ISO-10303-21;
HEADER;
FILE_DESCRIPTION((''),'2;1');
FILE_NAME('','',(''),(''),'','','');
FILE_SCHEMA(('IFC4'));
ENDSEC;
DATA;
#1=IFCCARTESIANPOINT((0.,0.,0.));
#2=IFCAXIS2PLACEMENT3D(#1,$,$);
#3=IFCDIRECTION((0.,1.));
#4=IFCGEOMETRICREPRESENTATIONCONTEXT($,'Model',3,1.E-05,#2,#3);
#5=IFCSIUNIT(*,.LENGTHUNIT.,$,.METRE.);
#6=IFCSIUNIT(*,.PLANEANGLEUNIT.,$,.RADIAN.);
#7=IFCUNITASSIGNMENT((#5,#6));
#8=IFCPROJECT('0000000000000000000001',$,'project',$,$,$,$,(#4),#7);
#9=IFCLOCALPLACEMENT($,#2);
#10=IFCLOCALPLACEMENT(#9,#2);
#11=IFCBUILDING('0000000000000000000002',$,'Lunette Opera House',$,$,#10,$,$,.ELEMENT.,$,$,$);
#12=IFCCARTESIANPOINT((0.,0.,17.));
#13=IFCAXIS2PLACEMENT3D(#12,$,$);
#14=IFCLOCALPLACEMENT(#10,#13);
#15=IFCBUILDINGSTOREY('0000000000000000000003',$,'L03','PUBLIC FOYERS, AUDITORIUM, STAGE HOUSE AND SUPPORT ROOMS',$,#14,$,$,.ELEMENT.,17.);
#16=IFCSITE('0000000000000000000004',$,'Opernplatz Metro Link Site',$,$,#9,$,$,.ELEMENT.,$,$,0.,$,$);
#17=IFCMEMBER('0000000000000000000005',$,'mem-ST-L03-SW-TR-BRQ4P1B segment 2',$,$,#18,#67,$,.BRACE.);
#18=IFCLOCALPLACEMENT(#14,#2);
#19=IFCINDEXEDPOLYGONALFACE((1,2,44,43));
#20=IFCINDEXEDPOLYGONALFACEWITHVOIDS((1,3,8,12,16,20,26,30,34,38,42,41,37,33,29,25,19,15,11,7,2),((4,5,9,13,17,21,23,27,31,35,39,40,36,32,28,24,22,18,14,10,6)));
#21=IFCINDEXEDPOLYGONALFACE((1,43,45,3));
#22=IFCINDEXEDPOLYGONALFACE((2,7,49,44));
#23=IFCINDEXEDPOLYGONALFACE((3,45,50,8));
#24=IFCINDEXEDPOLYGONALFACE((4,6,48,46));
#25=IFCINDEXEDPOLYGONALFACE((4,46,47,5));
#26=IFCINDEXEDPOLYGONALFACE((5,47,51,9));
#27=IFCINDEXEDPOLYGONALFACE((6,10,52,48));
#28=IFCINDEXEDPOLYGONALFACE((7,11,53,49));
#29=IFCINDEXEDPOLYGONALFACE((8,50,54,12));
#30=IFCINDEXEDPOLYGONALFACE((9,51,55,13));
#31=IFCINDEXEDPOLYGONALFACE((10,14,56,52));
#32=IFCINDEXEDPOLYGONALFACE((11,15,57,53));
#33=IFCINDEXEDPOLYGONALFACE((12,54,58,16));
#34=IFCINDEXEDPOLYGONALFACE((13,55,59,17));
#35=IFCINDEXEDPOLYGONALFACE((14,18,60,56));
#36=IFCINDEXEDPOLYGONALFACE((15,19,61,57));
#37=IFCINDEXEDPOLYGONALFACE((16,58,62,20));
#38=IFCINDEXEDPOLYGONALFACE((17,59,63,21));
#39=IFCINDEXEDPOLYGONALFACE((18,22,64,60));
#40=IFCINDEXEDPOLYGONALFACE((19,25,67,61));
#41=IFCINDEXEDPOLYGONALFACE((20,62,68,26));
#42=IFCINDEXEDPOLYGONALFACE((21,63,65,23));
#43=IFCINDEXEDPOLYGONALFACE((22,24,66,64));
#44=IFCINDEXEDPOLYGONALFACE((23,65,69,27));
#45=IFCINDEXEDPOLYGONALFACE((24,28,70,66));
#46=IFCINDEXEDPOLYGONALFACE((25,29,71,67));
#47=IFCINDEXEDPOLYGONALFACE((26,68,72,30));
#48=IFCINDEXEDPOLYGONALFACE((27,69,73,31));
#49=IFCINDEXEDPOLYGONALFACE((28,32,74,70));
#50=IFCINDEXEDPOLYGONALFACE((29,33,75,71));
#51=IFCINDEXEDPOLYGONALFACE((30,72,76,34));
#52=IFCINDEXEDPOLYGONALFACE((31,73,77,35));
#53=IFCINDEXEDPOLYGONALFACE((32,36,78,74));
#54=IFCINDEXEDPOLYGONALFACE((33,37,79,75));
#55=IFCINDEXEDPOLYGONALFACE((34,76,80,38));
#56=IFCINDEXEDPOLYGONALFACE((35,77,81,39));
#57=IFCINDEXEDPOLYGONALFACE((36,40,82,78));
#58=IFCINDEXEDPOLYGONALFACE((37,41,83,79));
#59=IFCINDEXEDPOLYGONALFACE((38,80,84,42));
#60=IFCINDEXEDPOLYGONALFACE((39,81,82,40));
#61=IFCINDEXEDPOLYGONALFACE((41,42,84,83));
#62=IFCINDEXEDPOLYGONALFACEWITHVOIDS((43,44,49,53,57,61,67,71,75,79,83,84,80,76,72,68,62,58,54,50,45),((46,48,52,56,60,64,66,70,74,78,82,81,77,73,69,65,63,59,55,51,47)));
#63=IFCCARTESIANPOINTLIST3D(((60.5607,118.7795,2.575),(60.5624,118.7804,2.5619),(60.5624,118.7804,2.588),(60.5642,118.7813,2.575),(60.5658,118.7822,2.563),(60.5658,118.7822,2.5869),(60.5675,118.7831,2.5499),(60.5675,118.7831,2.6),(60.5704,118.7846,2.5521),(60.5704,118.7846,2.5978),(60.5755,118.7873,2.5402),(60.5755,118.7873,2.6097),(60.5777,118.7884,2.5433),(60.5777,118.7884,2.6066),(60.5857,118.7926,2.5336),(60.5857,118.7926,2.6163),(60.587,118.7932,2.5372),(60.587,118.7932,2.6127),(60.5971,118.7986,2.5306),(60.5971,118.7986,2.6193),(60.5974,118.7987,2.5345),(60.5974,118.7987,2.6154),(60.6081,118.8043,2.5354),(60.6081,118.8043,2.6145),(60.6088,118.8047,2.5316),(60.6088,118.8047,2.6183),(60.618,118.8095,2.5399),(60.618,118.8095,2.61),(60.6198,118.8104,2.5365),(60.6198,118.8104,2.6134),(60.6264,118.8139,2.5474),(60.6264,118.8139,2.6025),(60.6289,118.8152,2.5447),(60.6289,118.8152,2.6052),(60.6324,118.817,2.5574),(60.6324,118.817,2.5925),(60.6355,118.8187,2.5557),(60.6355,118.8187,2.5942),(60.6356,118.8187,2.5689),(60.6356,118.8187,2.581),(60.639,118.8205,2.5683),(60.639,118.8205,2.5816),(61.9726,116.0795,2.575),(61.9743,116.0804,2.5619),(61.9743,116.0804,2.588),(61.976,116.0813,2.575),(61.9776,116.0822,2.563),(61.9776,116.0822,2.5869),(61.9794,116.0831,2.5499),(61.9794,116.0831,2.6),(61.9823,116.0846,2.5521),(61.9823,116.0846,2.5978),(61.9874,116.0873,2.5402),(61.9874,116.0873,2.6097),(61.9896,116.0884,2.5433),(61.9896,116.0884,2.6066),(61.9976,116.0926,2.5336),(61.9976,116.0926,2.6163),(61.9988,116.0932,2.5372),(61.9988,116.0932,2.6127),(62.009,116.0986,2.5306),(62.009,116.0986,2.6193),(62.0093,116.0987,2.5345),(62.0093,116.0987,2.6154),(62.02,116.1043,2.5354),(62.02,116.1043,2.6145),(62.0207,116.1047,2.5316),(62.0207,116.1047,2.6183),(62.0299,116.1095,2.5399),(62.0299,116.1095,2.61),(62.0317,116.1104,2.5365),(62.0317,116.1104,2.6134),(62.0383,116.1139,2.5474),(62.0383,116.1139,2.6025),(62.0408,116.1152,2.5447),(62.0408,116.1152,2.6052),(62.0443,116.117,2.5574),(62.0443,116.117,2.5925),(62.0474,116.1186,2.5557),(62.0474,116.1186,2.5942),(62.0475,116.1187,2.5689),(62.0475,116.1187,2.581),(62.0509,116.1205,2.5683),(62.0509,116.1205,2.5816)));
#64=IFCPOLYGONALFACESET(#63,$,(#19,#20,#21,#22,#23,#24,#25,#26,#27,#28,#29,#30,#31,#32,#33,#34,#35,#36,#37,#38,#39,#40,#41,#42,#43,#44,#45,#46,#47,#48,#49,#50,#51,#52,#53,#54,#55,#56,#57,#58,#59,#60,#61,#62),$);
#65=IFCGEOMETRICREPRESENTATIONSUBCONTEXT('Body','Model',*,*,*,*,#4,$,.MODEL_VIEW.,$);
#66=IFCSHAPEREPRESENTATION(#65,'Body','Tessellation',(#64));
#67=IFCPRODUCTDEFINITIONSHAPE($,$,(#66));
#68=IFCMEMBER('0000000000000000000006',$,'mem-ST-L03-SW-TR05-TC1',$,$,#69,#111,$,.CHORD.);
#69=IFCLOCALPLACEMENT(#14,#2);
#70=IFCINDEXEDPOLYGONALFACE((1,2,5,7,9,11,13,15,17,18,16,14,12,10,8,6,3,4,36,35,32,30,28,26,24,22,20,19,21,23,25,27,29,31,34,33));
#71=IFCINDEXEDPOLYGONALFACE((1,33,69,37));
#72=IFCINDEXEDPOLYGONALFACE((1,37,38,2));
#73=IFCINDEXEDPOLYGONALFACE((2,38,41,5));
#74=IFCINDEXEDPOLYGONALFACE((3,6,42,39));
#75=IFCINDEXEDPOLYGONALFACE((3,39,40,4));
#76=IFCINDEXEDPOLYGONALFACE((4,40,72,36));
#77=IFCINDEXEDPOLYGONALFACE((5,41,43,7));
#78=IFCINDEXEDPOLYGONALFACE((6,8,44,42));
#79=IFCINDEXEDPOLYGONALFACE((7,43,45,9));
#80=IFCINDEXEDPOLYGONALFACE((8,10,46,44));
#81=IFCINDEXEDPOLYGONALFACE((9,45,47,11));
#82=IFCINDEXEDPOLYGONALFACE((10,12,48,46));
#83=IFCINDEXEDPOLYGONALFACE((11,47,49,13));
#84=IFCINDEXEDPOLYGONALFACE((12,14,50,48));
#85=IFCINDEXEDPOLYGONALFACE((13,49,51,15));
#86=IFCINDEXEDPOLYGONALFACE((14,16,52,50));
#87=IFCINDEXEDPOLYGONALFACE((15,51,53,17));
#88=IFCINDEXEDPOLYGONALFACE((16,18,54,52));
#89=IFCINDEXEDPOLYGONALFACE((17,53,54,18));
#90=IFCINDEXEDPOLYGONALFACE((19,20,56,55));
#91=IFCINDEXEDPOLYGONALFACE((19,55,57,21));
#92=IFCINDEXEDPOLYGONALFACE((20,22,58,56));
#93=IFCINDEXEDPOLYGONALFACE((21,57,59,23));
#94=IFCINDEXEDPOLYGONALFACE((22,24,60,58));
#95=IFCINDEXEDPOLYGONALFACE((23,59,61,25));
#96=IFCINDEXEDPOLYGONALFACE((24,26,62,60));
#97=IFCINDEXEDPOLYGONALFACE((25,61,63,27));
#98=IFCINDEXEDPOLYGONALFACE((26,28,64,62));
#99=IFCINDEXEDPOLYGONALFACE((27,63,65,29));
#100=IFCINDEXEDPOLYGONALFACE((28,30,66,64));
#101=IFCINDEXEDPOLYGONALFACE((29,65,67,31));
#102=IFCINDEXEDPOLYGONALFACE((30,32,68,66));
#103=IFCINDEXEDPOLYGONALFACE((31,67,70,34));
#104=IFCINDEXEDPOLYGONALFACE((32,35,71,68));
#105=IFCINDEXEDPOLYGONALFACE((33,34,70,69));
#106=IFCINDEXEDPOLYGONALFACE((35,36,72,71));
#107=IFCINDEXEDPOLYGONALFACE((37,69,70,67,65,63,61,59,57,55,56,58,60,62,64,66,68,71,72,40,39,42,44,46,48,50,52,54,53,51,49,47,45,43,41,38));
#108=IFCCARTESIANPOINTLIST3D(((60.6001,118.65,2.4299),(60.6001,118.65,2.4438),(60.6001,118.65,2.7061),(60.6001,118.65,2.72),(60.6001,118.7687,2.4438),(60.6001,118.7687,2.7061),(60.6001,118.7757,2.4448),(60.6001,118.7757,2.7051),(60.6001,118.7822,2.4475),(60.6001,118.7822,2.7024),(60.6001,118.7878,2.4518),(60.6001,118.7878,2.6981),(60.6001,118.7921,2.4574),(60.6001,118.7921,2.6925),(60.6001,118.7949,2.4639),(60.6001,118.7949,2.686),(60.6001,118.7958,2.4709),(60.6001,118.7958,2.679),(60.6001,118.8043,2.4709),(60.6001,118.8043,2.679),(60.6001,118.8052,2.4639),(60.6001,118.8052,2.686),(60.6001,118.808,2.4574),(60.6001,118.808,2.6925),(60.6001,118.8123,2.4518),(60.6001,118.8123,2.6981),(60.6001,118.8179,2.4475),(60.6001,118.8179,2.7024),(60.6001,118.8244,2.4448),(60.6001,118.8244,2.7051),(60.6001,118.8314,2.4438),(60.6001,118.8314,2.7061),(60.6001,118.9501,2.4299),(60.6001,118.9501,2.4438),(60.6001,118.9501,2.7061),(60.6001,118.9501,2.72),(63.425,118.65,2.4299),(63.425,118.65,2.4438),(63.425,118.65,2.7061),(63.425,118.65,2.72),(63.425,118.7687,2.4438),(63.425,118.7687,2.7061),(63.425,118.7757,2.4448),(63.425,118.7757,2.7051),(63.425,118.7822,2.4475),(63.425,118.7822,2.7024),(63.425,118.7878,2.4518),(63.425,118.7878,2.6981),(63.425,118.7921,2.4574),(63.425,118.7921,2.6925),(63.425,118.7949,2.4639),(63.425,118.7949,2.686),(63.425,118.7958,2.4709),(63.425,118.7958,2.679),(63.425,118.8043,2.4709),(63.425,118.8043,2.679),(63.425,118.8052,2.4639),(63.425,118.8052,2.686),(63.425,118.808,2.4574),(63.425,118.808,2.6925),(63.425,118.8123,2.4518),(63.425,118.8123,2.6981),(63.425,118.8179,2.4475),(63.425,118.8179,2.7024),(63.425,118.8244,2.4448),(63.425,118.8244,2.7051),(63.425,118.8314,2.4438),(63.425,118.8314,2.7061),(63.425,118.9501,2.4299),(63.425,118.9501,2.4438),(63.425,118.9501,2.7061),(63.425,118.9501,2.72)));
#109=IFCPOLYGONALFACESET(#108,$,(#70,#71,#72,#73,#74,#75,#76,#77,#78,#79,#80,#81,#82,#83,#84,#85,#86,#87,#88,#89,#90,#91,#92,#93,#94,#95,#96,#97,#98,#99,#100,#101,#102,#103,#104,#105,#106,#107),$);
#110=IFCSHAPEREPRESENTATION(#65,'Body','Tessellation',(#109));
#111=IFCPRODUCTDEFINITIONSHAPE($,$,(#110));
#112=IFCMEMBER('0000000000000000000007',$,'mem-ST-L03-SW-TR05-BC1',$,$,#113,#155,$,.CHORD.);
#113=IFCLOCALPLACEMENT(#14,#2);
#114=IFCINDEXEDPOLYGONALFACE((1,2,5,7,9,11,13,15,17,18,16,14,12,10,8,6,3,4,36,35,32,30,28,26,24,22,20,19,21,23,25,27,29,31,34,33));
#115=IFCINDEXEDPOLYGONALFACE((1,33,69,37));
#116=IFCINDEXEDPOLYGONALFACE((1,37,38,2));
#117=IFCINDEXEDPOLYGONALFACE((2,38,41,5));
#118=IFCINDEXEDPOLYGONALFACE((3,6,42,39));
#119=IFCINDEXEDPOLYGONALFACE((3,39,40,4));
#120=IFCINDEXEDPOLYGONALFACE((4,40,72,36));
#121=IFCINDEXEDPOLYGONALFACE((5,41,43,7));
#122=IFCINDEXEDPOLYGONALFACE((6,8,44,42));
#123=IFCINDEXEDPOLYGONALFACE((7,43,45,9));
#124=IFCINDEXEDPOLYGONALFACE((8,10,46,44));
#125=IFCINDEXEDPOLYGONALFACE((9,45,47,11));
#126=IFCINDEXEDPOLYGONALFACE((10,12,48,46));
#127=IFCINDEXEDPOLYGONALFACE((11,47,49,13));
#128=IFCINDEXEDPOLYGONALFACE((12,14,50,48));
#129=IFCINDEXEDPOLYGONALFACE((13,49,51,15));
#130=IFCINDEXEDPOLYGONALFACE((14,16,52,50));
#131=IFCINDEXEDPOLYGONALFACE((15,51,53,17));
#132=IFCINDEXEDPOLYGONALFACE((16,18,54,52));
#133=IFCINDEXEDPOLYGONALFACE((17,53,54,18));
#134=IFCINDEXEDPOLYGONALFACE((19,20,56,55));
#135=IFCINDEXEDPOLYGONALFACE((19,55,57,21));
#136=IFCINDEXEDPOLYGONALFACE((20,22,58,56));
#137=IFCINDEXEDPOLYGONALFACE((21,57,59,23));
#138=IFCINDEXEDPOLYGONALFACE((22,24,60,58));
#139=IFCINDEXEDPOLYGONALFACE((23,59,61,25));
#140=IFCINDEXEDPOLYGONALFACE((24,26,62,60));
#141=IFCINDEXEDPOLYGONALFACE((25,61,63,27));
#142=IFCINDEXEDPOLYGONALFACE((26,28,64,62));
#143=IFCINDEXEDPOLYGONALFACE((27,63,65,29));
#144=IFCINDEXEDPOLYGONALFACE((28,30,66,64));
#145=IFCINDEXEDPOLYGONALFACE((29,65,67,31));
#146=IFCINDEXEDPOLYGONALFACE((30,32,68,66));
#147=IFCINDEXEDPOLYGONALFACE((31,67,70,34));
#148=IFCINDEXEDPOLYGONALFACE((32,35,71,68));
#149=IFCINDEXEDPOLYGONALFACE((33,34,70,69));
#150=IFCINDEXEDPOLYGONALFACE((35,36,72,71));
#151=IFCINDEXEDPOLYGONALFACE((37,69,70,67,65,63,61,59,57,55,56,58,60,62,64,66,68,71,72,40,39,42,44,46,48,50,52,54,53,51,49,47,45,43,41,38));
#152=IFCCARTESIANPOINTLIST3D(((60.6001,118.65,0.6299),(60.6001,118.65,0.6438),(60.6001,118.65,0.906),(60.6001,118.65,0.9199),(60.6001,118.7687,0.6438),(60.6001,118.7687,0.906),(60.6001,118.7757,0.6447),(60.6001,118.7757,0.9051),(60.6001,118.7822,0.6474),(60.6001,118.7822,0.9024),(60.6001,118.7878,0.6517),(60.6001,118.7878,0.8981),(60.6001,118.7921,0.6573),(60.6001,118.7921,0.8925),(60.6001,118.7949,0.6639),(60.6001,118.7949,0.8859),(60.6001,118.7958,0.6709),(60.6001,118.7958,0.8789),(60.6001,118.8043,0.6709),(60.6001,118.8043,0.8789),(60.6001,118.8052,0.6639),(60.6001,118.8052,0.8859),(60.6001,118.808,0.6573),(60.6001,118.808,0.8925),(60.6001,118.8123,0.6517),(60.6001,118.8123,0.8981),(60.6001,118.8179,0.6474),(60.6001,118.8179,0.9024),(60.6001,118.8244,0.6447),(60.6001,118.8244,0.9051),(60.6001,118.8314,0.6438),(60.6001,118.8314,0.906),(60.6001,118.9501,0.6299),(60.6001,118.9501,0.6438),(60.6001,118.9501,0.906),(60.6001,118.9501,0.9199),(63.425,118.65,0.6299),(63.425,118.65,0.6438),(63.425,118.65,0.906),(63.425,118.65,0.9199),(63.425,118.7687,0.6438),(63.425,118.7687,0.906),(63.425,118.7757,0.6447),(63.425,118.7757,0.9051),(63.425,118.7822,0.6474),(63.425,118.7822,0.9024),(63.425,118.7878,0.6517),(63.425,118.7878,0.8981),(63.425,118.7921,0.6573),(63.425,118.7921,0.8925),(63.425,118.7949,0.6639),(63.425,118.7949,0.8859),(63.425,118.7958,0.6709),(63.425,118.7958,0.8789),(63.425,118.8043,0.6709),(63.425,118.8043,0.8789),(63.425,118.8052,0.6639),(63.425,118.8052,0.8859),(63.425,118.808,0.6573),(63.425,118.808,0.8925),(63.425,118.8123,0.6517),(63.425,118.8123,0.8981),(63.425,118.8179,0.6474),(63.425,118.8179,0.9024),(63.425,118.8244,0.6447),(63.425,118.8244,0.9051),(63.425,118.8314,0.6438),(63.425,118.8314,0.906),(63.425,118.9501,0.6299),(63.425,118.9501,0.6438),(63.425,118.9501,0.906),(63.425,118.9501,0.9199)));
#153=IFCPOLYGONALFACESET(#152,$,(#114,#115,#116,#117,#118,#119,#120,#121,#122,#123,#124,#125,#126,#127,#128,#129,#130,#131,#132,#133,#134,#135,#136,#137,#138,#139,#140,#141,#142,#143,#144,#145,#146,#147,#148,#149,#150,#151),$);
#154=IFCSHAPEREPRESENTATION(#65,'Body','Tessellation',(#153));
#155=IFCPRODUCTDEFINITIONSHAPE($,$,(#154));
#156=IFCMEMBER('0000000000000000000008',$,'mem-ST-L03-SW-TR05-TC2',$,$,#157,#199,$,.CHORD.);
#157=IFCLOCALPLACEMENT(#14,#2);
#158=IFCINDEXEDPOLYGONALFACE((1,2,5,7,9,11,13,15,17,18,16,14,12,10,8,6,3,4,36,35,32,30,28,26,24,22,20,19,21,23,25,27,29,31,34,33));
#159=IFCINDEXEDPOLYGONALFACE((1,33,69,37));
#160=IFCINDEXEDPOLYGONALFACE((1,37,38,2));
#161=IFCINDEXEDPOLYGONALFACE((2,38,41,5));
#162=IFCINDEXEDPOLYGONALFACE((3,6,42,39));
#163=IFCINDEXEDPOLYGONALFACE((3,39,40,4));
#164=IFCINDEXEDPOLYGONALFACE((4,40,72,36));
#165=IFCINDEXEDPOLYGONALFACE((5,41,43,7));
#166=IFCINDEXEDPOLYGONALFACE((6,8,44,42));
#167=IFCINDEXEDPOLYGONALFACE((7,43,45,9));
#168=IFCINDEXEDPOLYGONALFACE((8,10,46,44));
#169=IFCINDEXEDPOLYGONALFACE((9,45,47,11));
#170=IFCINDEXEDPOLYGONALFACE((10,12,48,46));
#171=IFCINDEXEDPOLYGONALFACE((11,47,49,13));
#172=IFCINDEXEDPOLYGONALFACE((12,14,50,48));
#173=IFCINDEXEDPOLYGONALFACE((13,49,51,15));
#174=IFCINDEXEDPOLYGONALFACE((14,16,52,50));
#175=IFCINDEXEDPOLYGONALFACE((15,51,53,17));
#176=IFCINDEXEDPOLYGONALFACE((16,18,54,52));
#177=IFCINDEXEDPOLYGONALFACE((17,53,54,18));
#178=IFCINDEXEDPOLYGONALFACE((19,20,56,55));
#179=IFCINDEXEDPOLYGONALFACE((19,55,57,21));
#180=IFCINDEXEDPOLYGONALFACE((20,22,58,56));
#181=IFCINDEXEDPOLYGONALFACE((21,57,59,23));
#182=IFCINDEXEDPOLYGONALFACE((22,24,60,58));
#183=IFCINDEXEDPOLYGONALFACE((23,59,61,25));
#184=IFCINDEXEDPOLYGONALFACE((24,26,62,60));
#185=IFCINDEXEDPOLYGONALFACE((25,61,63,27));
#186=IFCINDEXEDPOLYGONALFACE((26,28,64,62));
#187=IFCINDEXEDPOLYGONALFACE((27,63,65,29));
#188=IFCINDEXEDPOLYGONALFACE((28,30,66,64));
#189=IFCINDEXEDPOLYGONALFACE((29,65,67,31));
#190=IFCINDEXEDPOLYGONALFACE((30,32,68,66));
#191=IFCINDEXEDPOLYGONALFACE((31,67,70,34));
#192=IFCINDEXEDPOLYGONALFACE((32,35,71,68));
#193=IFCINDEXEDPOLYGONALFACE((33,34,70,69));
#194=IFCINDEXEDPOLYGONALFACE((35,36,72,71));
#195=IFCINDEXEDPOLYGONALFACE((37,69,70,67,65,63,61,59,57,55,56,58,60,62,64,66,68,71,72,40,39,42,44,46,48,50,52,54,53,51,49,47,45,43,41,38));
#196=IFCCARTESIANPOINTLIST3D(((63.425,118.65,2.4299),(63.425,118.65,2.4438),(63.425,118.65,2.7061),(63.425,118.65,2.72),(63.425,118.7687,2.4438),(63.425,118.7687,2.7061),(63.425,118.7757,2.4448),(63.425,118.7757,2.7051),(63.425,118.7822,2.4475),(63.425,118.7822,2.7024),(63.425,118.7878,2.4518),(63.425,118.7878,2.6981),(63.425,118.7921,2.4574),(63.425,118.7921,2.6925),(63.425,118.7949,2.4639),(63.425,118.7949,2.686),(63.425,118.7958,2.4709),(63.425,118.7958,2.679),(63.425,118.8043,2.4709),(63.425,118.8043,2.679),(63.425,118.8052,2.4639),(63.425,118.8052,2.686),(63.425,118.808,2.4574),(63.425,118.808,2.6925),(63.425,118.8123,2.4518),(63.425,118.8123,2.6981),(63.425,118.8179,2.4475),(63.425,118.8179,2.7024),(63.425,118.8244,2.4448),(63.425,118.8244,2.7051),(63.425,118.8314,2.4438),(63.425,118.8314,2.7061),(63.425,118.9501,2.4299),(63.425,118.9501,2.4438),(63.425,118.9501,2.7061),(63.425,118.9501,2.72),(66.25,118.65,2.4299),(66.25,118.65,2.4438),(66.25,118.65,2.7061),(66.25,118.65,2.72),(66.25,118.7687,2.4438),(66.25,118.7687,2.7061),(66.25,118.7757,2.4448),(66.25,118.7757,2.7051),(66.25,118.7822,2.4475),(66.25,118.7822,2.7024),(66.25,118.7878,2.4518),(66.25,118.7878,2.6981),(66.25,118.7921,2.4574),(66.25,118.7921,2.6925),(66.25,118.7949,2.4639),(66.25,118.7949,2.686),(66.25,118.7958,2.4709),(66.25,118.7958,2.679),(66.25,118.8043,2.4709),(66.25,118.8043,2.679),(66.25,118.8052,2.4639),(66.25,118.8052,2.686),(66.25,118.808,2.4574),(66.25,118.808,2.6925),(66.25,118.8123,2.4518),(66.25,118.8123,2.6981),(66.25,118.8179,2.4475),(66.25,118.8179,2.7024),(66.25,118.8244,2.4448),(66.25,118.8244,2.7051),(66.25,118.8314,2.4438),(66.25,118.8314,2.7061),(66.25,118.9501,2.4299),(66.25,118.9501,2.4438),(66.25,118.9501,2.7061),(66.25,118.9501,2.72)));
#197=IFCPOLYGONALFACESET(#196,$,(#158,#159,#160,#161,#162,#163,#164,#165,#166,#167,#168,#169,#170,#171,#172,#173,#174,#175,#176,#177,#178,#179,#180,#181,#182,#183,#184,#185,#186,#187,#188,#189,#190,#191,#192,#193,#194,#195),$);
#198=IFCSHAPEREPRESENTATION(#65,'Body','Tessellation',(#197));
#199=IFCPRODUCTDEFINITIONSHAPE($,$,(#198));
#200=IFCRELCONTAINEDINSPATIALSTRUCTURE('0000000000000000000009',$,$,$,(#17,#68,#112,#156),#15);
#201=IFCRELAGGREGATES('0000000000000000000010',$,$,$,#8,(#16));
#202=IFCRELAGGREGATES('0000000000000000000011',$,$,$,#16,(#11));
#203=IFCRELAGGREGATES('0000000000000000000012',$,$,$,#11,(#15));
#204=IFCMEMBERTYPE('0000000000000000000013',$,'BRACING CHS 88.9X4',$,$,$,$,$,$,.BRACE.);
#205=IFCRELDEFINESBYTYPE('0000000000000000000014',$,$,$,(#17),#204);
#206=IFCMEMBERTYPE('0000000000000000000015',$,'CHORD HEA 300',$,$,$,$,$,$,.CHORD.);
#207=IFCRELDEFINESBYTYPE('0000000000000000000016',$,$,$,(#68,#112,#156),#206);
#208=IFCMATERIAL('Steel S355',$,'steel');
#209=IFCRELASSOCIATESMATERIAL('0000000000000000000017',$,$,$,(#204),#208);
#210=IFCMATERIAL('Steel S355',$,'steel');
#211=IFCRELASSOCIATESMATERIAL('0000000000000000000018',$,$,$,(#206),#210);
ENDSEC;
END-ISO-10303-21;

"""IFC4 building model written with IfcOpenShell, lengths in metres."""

from ifc_helpers import new_model, si_unit, direction, frame, origin, origin_2d, place, context, subcontext, project, spatial, hollow_circle, i_section, extrude, material, material_profile, profile_set, type_object, element, save


model = new_model("IFC4")

# Units and contexts
model_context = context("Model", 3, precision=1e-05, world=origin(), true_north=direction((0.0, 1.0)))
body_context = subcontext(model_context, "Body", "Model", "MODEL_VIEW")
ifc_project = project(units=[si_unit("LENGTHUNIT", "METRE"), si_unit("PLANEANGLEUNIT", "RADIAN")], contexts=[model_context])

# Site, building, storey
site_placement = place(None, origin())
site = spatial("IfcSite", under=ifc_project, at=site_placement, Name="Opernplatz Metro Link Site", CompositionType="ELEMENT", RefElevation=0.0)
building_placement = place(site_placement, origin())
building = spatial("IfcBuilding", under=site, at=building_placement, Name="Lunette Opera House", CompositionType="ELEMENT")
storey_placement = place(building_placement, frame((0.0, 0.0, 17.0)))
storey = spatial("IfcBuildingStorey", under=building, at=storey_placement, Name="L03", Description="PUBLIC FOYERS, AUDITORIUM, STAGE HOUSE AND SUPPORT ROOMS", CompositionType="ELEMENT", Elevation=17.0)

# Members
ifc_material_1 = material(Name="Steel S355", Category="steel")
ifc_material_profile_1 = material_profile(ifc_material_1, hollow_circle(Radius=0.0444, WallThickness=0.0039, at=origin_2d()), Name="CHS 88.9X4")
ifc_profile_set_1 = profile_set([ifc_material_profile_1], Name="Steel S355")
member_type_1 = type_object("IfcMemberType", Name="BRACING CHS 88.9X4", PredefinedType="BRACE", material=ifc_profile_set_1)
member_placement = place(storey_placement, frame((62.012, 116.1001, 2.575), z_axis=(-0.46339, 0.886154, 0.0), x_axis=(-0.886154, -0.46339, 0.0)))
element("IfcMember", 1, at=member_placement, inside=storey, type_object=member_type_1, Name="mem-ST-L03-SW-TR-BRQ4P1B segment 2", PredefinedType="BRACE", context=body_context, shape_type="SweptSolid", body=[
    extrude(hollow_circle(Radius=0.0444, WallThickness=0.0039, at=origin_2d()), origin(), (0.0, 0.0, 1.0), 3.0469),
])
ifc_material_2 = material(Name="Steel S355", Category="steel")
ifc_material_profile_2 = material_profile(ifc_material_2, i_section(OverallWidth=0.3, OverallDepth=0.29, WebThickness=0.0085, FlangeThickness=0.0139, FilletRadius=0.0271, at=origin_2d()), Name="HEA 300")
ifc_profile_set_2 = profile_set([ifc_material_profile_2], Name="Steel S355")
member_type_2 = type_object("IfcMemberType", Name="CHORD HEA 300", PredefinedType="CHORD", material=ifc_profile_set_2)
for number, where, z_axis, x_axis, name in (
    (2, (60.6001, 118.8, 2.575), (1.0, 0.0, 0.0), (0.0, 1.0, 0.0), "mem-ST-L03-SW-TR05-TC1"),
    (3, (60.6001, 118.8, 0.7749), (1.0, 0.0, 0.0), (0.0, 1.0, 0.0), "mem-ST-L03-SW-TR05-BC1"),
    (4, (63.425, 118.8, 2.575), (1.0, 0.0, 0.0), (0.0, 1.0, 0.0), "mem-ST-L03-SW-TR05-TC2"),
):
    element("IfcMember", number, at=place(storey_placement, frame(where, z_axis=z_axis, x_axis=x_axis)), inside=storey, type_object=member_type_2, Name=name, PredefinedType="CHORD", context=body_context, shape_type="SweptSolid", body=[
        extrude(i_section(OverallWidth=0.3, OverallDepth=0.29, WebThickness=0.0085, FlangeThickness=0.0139, FilletRadius=0.0271, at=origin_2d()), origin(), (0.0, 0.0, 1.0), 2.825),
    ])

save(model, "model.ifc")
